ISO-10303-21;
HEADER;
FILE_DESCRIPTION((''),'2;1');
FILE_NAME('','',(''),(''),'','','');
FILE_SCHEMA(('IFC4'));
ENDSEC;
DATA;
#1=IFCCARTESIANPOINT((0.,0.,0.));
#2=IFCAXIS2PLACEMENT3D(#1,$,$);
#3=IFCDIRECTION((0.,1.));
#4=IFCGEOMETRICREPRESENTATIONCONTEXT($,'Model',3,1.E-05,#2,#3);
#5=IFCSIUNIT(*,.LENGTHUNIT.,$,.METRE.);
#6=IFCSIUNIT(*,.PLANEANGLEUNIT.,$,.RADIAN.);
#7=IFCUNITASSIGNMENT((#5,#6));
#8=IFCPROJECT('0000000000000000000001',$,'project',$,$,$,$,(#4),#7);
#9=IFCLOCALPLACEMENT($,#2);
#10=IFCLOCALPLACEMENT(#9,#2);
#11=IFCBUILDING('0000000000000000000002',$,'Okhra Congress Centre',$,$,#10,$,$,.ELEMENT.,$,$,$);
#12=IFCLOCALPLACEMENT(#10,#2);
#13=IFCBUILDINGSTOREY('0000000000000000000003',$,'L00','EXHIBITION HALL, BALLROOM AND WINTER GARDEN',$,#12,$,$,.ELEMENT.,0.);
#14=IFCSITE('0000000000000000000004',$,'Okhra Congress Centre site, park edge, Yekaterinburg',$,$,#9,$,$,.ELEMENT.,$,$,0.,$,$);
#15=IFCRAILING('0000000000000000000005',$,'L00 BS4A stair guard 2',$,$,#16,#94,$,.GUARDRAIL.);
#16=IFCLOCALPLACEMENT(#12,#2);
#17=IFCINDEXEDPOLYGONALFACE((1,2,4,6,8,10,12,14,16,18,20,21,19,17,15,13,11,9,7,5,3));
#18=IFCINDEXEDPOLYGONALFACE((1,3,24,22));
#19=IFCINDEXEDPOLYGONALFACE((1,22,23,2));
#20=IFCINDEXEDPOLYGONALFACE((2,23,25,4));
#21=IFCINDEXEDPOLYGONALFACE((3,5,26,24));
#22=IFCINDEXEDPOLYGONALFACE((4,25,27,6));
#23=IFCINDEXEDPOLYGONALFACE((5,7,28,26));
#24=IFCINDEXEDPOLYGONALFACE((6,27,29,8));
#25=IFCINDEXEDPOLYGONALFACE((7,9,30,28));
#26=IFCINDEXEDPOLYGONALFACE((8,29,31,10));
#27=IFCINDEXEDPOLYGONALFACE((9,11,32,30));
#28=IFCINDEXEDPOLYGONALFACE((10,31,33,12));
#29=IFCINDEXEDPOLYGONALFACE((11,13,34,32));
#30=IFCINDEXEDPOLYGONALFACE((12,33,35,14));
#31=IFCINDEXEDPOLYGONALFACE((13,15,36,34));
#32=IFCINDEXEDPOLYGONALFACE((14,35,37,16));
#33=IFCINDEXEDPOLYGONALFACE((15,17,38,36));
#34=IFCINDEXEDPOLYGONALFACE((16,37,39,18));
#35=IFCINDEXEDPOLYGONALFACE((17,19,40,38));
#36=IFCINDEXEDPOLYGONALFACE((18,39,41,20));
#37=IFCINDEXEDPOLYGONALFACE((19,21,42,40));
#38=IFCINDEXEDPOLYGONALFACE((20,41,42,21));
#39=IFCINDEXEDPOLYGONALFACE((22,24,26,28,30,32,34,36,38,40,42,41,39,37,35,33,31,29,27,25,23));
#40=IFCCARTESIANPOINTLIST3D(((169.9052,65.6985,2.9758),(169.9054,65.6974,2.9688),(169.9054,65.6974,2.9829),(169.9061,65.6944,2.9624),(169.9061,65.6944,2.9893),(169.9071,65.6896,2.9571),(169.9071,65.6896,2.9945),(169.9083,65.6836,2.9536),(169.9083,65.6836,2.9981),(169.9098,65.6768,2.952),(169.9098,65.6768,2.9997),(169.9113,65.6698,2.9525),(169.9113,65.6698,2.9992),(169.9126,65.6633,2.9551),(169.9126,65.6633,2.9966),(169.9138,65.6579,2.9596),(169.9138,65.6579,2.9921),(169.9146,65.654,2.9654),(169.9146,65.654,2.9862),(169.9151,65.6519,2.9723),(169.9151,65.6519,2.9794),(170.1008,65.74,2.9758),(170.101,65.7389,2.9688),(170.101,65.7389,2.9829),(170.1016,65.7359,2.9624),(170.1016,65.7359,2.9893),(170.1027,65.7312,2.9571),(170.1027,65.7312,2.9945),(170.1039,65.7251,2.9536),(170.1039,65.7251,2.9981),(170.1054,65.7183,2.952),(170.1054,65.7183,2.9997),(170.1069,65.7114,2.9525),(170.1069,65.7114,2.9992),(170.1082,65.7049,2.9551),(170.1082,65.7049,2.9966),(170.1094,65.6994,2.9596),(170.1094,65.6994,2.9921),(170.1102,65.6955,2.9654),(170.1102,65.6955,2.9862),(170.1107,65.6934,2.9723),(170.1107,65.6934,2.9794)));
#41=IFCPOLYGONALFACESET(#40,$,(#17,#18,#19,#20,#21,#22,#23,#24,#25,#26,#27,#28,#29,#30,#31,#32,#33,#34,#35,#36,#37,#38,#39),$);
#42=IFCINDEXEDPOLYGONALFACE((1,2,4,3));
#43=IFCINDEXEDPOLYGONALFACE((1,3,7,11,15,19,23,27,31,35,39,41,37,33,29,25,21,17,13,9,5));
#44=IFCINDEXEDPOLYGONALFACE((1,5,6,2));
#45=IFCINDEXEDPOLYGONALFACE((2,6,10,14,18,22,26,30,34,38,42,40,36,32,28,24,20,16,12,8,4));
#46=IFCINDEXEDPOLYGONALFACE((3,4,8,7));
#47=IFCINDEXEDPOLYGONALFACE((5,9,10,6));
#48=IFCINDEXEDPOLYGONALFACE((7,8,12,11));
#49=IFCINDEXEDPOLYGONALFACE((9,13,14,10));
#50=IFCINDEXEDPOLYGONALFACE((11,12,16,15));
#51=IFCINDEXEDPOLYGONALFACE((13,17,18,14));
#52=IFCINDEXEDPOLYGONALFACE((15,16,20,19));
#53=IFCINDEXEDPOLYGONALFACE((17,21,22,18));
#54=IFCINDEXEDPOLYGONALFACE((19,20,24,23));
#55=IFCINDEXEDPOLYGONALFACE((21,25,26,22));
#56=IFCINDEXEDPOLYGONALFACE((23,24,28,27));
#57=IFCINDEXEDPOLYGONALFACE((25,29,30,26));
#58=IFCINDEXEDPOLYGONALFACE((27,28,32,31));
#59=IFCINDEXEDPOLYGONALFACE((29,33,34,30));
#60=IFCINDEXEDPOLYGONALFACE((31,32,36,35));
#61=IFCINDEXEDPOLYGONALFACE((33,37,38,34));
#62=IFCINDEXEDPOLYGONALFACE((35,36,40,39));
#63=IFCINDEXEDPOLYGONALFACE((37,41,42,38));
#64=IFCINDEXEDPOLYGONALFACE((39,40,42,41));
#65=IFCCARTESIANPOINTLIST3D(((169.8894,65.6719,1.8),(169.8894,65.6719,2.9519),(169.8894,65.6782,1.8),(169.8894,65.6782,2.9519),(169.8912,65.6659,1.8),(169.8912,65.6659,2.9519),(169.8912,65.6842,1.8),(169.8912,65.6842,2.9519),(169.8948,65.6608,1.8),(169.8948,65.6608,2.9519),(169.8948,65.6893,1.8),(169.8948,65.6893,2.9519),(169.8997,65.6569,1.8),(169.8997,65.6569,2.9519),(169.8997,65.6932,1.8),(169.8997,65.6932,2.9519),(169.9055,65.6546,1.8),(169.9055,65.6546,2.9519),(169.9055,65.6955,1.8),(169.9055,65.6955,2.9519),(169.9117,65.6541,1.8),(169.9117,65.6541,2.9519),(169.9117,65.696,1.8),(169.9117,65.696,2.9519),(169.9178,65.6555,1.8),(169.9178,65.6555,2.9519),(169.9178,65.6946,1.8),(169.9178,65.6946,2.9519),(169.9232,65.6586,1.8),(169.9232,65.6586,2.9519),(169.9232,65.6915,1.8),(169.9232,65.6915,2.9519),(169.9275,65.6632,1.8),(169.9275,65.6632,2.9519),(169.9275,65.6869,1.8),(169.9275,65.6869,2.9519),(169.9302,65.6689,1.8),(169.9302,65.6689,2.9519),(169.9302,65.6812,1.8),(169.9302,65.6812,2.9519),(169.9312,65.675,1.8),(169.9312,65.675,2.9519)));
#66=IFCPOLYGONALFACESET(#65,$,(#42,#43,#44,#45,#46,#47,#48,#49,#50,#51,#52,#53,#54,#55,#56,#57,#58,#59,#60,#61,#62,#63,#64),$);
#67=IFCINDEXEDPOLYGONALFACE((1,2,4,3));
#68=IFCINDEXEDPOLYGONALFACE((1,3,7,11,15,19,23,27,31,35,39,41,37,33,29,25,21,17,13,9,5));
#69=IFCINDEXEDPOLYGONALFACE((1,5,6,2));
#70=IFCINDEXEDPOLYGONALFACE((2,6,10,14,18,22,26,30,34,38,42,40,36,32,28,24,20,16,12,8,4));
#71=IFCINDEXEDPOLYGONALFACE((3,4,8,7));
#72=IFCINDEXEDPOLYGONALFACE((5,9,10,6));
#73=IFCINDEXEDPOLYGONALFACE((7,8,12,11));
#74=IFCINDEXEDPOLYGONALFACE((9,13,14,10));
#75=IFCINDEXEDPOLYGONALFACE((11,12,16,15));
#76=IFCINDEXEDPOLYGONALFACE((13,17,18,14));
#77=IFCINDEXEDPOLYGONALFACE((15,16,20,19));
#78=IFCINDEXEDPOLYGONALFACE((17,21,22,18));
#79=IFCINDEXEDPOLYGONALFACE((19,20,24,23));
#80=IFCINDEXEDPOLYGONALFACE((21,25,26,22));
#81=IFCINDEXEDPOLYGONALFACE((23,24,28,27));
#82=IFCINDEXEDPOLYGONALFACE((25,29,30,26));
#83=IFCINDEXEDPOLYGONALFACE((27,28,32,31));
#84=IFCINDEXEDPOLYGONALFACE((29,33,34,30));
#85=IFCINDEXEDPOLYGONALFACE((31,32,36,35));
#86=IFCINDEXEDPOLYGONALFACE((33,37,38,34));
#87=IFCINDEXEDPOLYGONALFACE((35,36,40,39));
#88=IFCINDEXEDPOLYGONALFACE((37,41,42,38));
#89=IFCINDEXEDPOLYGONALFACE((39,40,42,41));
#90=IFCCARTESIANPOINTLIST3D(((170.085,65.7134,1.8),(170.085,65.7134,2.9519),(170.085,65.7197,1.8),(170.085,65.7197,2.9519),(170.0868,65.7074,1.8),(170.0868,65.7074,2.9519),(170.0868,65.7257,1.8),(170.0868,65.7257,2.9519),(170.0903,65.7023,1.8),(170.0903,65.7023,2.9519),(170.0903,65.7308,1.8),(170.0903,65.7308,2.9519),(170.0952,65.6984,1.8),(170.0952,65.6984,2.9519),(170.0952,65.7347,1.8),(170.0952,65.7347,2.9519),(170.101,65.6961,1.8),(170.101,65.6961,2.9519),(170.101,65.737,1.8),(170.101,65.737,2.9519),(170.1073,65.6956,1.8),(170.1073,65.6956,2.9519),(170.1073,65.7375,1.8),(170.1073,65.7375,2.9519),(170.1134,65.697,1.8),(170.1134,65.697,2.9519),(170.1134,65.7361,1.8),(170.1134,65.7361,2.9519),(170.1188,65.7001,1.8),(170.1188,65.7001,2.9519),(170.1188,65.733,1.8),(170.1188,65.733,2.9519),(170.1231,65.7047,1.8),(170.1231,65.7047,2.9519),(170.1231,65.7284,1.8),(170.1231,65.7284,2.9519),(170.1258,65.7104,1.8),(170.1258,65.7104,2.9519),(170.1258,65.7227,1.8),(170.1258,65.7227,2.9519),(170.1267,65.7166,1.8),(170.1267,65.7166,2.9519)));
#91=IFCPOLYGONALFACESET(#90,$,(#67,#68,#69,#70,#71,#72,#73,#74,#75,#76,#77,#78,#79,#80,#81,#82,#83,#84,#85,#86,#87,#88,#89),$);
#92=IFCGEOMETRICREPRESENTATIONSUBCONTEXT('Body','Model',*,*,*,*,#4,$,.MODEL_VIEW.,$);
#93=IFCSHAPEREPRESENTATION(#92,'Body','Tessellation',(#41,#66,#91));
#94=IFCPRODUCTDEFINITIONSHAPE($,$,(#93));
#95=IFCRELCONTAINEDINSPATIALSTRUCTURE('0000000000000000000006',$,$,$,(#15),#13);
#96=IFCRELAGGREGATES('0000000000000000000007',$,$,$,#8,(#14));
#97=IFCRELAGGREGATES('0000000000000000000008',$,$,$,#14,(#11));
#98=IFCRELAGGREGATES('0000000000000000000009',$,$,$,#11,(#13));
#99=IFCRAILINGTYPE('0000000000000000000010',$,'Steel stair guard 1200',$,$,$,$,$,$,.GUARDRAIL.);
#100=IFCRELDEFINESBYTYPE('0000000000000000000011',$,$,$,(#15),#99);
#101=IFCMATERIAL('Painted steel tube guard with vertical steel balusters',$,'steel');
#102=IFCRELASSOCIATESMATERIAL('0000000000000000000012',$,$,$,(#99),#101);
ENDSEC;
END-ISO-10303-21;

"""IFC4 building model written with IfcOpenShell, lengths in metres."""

from ifc_helpers import new_model, si_unit, direction, frame, origin, origin_2d, place, context, subcontext, project, spatial, circle, extrude, material, type_object, element, save


model = new_model("IFC4")

# Units and contexts
model_context = context("Model", 3, precision=1e-05, world=origin(), true_north=direction((0.0, 1.0)))
body_context = subcontext(model_context, "Body", "Model", "MODEL_VIEW")
ifc_project = project(units=[si_unit("LENGTHUNIT", "METRE"), si_unit("PLANEANGLEUNIT", "RADIAN")], contexts=[model_context])

# Site, building, storey
site_placement = place(None, origin())
site = spatial("IfcSite", under=ifc_project, at=site_placement, Name="Okhra Congress Centre site, park edge, Yekaterinburg", CompositionType="ELEMENT", RefElevation=0.0)
building_placement = place(site_placement, origin())
building = spatial("IfcBuilding", under=site, at=building_placement, Name="Okhra Congress Centre", CompositionType="ELEMENT")
storey_placement = place(building_placement, origin())
storey = spatial("IfcBuildingStorey", under=building, at=storey_placement, Name="L00", Description="EXHIBITION HALL, BALLROOM AND WINTER GARDEN", CompositionType="ELEMENT", Elevation=0.0)

# Railing
ifc_material_1 = material(Name="Painted steel tube guard with vertical steel balusters", Category="steel")
railing_type_1 = type_object("IfcRailingType", Name="Steel stair guard 1200", PredefinedType="GUARDRAIL", material=ifc_material_1)
railing_1_placement = place(storey_placement, frame((169.9102, 65.675, 1.8)))
element("IfcRailing", 1, at=railing_1_placement, inside=storey, type_object=railing_type_1, Name="L00 BS4A stair guard 2", PredefinedType="GUARDRAIL", context=body_context, shape_type="SweptSolid", body=[
    extrude(circle(Radius=0.0239, at=origin_2d()), frame((0.0, 0.0, 1.1758), z_axis=(0.978212, 0.20761, 0.0), x_axis=(-0.20761, 0.978212, 0.0)), (0.0, 0.0, 1.0), 0.2),
    extrude(circle(Radius=0.021, at=origin_2d()), origin(), (0.0, 0.0, 1.0), 1.1519),
    extrude(circle(Radius=0.021, at=origin_2d()), frame((0.1956, 0.0415, 0.0)), (0.0, 0.0, 1.0), 1.1519),
])

save(model, "model.ifc")
